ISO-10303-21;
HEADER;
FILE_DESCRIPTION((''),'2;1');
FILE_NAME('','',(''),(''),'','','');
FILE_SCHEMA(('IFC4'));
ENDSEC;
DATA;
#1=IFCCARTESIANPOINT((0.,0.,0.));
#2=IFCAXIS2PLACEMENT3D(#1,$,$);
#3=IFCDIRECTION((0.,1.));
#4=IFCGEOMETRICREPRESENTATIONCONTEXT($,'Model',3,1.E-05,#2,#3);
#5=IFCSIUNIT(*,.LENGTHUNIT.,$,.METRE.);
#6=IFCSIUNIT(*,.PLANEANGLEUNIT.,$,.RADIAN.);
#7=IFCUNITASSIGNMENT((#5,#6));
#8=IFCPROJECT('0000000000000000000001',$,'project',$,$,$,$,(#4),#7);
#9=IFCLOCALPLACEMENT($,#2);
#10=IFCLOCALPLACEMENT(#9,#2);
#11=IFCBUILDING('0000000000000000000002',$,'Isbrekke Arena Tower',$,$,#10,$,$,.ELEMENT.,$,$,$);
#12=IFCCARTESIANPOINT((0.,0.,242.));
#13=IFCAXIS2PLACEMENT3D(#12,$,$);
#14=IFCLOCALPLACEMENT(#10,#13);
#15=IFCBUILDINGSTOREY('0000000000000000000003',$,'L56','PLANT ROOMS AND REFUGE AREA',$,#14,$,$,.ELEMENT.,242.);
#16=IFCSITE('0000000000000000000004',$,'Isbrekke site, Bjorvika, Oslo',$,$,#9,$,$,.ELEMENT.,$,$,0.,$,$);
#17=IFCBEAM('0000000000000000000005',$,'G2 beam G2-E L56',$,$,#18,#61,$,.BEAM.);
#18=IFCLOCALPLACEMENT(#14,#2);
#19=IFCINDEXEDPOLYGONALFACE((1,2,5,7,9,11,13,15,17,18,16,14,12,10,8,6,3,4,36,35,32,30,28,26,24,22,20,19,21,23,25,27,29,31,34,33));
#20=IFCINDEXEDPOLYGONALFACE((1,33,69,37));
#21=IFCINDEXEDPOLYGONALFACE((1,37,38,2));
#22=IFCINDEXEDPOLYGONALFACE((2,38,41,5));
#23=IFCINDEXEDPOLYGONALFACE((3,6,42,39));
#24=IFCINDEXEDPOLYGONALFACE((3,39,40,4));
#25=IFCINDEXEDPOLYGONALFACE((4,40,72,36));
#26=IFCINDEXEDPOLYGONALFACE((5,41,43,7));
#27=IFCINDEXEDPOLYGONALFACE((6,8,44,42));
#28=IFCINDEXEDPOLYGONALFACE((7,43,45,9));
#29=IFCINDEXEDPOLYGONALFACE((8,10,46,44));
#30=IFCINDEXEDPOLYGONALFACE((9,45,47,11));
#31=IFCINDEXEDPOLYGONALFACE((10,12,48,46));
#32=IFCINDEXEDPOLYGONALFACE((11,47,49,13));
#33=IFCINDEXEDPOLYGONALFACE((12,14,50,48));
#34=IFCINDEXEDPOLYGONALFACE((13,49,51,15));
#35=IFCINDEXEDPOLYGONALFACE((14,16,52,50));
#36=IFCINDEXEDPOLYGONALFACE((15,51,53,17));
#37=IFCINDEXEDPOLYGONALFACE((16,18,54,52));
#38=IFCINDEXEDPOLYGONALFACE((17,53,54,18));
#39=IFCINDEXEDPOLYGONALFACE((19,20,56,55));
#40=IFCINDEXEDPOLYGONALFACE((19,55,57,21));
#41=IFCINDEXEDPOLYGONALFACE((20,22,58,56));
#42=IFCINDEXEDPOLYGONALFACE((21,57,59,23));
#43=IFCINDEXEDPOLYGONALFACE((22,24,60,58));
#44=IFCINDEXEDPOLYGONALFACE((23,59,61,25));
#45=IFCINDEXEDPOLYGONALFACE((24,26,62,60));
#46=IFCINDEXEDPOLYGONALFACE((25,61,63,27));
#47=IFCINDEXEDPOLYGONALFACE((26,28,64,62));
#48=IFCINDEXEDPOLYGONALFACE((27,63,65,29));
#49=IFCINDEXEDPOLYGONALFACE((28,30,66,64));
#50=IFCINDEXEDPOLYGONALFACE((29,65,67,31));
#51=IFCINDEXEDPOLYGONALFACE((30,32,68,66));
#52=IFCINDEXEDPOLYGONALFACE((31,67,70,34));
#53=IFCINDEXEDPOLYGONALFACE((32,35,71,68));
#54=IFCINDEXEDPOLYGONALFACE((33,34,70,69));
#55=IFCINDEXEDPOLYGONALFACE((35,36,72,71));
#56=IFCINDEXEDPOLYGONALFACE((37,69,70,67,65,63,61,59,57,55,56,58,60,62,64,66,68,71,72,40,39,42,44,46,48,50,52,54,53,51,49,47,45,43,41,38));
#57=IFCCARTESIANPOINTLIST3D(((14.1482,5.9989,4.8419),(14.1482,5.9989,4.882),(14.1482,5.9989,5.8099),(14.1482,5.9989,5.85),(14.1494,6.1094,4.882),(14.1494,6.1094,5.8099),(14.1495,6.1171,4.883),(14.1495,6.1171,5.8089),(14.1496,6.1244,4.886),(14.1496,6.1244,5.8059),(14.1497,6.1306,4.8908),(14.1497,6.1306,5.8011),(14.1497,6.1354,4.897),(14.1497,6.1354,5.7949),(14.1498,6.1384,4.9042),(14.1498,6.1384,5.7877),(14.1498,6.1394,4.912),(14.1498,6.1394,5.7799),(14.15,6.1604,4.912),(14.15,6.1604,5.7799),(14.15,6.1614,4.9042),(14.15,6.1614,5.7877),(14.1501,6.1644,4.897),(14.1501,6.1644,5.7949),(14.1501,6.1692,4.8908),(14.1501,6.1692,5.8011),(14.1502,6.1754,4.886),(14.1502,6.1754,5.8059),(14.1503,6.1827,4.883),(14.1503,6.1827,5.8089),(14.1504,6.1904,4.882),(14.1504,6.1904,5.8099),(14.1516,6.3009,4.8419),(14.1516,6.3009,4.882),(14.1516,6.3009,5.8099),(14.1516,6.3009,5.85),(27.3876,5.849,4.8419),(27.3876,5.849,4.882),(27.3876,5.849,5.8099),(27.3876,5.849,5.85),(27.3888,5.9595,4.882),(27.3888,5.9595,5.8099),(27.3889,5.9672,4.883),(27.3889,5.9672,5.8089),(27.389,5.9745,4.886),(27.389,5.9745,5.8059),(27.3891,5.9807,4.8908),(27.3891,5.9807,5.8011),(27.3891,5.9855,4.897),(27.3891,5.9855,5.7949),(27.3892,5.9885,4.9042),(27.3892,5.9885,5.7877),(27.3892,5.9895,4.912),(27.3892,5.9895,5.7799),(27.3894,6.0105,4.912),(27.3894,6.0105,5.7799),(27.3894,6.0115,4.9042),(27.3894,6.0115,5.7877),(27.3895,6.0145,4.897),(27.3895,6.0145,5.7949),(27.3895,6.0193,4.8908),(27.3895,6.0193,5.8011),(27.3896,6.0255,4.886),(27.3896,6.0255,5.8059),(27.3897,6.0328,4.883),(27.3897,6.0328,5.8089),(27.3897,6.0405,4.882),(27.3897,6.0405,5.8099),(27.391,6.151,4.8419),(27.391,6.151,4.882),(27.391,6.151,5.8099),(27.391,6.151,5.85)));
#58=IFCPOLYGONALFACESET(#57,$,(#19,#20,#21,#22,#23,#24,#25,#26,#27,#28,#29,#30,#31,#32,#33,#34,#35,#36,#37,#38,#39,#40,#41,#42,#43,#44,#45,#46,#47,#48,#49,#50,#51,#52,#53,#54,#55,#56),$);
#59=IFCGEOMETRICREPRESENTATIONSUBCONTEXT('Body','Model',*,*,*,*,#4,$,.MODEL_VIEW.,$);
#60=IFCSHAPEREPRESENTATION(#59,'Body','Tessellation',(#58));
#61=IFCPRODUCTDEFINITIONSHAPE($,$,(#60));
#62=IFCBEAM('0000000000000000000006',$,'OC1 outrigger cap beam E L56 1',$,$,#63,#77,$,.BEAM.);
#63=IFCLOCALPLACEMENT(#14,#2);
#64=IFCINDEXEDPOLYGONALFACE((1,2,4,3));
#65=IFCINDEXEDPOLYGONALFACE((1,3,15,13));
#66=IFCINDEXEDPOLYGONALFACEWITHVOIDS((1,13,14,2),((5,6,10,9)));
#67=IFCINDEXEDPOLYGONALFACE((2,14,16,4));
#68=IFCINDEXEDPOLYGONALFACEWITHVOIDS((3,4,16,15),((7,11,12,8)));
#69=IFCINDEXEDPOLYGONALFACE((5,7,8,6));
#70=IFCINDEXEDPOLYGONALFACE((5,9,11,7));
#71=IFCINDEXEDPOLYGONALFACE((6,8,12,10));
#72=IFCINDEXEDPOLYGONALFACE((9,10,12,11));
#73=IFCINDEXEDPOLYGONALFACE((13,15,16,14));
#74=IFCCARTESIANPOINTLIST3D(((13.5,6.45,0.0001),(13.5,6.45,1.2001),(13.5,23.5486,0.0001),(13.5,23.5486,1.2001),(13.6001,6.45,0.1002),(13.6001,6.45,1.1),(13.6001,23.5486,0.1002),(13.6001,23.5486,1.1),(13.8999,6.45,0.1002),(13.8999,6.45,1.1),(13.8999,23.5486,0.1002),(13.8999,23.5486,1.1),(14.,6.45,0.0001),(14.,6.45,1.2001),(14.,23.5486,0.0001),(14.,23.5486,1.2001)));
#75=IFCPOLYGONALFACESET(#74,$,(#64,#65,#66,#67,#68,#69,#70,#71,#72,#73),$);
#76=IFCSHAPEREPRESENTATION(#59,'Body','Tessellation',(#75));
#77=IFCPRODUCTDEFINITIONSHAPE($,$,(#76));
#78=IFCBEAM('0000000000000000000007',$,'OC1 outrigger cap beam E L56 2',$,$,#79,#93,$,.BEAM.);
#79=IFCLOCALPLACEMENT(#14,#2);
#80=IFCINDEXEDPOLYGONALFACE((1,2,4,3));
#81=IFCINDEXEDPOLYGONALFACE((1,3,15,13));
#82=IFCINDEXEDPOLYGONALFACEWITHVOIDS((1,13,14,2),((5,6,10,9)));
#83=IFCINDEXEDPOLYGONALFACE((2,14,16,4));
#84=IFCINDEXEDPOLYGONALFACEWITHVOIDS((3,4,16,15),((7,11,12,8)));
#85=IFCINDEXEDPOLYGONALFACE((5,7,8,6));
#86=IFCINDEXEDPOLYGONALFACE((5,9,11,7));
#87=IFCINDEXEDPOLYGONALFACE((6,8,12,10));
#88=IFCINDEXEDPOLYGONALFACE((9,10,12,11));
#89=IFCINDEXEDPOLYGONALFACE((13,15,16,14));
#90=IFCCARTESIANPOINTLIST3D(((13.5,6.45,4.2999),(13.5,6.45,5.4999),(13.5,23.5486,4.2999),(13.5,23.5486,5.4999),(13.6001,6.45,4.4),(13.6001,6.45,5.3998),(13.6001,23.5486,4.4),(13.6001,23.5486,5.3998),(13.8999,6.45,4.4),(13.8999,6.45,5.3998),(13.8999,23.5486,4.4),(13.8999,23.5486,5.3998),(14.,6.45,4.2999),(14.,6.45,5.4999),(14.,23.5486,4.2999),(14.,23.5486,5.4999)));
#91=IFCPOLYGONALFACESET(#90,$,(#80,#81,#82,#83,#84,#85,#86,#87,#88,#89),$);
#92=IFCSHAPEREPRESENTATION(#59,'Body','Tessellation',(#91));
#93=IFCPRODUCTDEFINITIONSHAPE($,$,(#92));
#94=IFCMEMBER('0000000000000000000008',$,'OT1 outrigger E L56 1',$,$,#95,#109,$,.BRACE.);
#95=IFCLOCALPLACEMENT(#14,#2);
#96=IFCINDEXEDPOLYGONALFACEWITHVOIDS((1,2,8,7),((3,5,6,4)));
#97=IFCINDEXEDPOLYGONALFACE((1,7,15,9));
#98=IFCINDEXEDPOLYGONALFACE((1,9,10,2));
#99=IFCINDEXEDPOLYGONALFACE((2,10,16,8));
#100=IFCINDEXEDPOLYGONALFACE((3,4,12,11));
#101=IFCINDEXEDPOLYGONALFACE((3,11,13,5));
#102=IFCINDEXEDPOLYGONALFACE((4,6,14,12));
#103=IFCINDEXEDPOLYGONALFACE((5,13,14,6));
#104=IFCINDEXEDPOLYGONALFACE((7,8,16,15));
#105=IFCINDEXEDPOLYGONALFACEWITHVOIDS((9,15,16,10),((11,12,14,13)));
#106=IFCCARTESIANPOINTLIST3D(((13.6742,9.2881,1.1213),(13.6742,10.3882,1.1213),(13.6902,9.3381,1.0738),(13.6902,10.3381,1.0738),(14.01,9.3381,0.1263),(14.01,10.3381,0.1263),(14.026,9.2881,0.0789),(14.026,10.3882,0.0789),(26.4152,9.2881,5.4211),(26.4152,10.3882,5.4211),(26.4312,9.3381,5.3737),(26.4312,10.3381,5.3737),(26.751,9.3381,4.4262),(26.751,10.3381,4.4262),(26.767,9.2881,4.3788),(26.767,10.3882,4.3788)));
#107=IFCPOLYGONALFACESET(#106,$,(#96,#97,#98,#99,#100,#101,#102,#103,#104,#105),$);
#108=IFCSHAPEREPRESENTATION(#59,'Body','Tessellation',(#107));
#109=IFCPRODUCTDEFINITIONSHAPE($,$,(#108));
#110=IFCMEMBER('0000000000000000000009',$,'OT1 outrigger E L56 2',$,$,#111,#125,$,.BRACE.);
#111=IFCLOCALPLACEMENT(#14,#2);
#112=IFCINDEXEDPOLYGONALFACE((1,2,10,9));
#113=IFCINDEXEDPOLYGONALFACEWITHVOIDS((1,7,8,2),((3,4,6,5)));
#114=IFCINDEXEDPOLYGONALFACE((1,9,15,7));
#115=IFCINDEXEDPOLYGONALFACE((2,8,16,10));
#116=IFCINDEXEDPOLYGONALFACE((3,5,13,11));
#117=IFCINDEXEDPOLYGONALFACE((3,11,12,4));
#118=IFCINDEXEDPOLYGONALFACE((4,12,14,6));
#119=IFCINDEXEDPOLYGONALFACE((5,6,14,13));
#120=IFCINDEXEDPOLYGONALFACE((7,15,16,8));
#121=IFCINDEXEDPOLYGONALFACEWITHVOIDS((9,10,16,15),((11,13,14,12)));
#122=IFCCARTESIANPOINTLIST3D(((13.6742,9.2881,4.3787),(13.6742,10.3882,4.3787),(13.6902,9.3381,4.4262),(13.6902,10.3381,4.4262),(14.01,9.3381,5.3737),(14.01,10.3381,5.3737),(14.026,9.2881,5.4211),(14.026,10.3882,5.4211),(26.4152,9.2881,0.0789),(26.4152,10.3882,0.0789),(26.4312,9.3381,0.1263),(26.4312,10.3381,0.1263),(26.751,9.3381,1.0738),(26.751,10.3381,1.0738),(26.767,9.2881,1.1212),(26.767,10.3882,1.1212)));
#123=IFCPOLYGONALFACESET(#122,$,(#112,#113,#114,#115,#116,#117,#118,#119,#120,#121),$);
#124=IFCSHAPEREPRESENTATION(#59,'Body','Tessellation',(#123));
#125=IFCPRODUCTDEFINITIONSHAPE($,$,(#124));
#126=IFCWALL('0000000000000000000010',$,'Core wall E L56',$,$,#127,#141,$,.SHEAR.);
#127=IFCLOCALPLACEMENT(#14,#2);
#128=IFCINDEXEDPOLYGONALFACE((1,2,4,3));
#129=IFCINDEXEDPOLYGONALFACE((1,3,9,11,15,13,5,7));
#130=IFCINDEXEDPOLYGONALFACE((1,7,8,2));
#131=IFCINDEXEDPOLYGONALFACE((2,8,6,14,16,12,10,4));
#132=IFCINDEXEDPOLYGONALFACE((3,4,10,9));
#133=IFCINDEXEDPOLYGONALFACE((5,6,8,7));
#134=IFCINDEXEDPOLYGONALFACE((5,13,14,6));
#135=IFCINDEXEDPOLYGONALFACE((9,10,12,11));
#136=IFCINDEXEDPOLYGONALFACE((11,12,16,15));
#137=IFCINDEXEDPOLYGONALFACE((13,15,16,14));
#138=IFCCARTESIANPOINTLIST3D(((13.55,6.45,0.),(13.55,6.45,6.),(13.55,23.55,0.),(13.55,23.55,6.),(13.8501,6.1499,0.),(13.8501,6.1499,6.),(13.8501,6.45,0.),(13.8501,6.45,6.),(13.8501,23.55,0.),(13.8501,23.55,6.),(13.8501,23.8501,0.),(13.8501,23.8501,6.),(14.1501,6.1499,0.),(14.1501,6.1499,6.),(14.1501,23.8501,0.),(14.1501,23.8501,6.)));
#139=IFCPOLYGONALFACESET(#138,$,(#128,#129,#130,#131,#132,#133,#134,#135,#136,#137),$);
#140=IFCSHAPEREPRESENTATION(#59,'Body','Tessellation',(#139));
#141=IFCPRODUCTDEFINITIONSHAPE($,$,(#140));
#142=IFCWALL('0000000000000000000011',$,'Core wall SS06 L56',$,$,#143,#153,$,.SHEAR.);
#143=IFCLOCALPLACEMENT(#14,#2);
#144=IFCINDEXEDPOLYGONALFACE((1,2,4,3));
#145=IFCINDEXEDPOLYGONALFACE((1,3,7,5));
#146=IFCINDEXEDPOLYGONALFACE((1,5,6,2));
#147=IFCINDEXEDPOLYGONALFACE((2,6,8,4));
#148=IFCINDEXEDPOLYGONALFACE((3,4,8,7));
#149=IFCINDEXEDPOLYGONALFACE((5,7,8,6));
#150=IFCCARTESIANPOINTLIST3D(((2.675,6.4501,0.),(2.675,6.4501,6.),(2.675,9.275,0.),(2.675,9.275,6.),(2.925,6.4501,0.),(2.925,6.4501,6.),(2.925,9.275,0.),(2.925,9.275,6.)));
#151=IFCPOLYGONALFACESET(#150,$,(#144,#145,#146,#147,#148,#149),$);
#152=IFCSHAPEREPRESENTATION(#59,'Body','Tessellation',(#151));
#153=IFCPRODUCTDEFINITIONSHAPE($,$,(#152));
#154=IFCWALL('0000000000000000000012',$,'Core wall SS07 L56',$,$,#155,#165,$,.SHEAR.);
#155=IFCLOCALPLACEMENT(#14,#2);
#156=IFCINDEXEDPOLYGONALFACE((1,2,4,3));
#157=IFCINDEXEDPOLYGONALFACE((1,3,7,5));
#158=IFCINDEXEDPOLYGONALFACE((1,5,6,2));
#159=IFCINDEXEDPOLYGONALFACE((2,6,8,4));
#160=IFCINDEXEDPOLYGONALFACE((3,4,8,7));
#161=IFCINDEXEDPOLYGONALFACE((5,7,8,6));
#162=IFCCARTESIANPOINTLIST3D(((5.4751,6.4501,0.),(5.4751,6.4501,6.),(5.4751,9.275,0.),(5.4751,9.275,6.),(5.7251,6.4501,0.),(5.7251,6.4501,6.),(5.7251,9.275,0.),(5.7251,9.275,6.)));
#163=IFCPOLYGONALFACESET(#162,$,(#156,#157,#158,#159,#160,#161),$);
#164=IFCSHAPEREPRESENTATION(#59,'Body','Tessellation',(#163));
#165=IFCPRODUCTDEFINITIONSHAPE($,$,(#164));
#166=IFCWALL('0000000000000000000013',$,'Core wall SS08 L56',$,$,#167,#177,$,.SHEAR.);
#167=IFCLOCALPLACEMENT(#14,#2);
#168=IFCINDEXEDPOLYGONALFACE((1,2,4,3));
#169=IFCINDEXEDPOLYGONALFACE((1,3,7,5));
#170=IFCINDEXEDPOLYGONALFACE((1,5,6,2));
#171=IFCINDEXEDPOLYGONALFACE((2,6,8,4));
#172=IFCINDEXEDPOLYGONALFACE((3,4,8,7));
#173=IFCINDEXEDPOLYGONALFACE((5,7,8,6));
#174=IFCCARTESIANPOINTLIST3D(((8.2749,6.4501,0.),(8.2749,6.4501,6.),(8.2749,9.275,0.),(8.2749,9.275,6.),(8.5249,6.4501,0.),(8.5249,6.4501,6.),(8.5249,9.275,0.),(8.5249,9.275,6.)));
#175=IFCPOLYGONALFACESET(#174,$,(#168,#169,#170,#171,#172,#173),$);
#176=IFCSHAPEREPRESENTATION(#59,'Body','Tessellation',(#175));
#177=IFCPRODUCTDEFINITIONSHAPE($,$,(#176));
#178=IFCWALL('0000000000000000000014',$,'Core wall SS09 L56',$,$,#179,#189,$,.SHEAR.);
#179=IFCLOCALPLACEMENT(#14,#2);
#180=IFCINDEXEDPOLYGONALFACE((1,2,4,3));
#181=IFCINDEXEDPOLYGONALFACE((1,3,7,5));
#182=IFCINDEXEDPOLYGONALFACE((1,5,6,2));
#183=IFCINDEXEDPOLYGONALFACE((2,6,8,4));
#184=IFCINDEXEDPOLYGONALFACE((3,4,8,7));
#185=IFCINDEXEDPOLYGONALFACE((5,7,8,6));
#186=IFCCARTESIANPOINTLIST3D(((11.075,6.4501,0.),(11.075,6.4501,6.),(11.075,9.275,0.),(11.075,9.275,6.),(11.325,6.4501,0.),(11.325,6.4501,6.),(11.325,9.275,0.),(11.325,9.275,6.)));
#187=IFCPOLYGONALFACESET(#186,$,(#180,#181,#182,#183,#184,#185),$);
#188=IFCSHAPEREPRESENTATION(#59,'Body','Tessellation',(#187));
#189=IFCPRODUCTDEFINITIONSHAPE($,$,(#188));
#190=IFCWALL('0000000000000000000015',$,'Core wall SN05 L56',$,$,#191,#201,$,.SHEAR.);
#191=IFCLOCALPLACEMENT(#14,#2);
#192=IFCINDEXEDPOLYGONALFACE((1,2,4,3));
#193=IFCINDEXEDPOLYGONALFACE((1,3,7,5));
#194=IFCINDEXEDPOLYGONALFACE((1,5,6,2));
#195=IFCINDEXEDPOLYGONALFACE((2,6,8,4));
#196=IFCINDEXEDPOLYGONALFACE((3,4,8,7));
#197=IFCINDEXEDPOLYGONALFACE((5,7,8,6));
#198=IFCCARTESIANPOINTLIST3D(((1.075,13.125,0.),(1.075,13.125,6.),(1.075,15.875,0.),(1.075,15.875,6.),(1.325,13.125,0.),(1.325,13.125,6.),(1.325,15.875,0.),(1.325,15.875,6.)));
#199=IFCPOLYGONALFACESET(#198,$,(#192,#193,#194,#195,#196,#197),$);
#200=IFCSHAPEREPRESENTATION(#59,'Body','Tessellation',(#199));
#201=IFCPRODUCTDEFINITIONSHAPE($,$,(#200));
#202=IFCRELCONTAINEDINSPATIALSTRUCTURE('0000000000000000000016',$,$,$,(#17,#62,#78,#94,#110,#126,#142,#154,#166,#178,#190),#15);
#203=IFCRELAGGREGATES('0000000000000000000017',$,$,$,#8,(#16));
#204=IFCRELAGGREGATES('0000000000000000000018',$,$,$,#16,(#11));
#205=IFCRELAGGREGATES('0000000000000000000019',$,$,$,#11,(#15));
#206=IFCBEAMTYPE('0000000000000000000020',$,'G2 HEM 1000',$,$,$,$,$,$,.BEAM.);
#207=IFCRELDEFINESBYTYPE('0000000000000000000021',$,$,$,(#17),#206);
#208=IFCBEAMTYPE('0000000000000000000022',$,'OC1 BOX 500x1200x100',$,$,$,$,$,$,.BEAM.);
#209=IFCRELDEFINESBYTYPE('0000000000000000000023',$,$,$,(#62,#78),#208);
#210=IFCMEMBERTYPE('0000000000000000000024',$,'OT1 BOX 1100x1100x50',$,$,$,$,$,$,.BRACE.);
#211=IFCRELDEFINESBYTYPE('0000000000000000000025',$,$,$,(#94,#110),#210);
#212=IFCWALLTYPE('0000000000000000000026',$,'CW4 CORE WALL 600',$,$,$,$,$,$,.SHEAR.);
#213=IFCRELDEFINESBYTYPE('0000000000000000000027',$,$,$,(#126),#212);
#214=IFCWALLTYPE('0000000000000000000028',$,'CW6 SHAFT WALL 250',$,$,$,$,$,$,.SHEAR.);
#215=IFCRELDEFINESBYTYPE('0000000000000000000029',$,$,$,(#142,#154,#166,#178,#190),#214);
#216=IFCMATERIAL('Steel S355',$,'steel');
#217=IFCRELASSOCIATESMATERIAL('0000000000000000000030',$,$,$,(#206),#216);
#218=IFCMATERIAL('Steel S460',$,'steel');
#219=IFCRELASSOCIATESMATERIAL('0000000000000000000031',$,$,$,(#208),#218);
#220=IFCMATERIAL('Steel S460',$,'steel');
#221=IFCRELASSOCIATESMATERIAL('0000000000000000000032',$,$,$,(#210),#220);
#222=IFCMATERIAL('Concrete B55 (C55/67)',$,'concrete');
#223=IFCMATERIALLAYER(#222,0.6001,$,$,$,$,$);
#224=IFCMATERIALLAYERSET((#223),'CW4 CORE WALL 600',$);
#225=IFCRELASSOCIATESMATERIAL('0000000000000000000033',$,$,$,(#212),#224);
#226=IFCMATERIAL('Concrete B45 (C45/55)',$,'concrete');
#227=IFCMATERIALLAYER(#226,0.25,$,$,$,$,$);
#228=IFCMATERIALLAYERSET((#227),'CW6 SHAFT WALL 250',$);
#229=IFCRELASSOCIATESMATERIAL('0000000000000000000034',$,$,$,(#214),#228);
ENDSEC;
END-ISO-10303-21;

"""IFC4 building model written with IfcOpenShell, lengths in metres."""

from ifc_helpers import new_model, si_unit, direction, frame, frame_2d, origin, origin_2d, place, context, subcontext, project, spatial, polyline, rectangle, hollow_rectangle, i_section, outline, extrude, material, layer, layer_set, material_profile, profile_set, type_object, element, save


model = new_model("IFC4")

# Units and contexts
model_context = context("Model", 3, precision=1e-05, world=origin(), true_north=direction((0.0, 1.0)))
body_context = subcontext(model_context, "Body", "Model", "MODEL_VIEW")
ifc_project = project(units=[si_unit("LENGTHUNIT", "METRE"), si_unit("PLANEANGLEUNIT", "RADIAN")], contexts=[model_context])

# Site, building, storey
site_placement = place(None, origin())
site = spatial("IfcSite", under=ifc_project, at=site_placement, Name="Isbrekke site, Bjorvika, Oslo", CompositionType="ELEMENT", RefElevation=0.0)
building_placement = place(site_placement, origin())
building = spatial("IfcBuilding", under=site, at=building_placement, Name="Isbrekke Arena Tower", CompositionType="ELEMENT")
storey_placement = place(building_placement, frame((0.0, 0.0, 242.0)))
storey = spatial("IfcBuildingStorey", under=building, at=storey_placement, Name="L56", Description="PLANT ROOMS AND REFUGE AREA", CompositionType="ELEMENT", Elevation=242.0)

# Beams
ifc_material_1 = material(Name="Steel S355", Category="steel")
ifc_material_profile_1 = material_profile(ifc_material_1, i_section(OverallWidth=0.302, OverallDepth=1.0081, WebThickness=0.021, FlangeThickness=0.04, FilletRadius=0.03, at=origin_2d()), Name="HEM 1000")
ifc_profile_set_1 = profile_set([ifc_material_profile_1], Name="Steel S355")
beam_type_1 = type_object("IfcBeamType", Name="G2 HEM 1000", PredefinedType="BEAM", material=ifc_profile_set_1)
beam_placement = place(storey_placement, frame((14.1499, 6.1499, 5.3459), z_axis=(0.999936, -0.011322, 0.0), x_axis=(0.011322, 0.999936, 0.0)))
element("IfcBeam", 1, at=beam_placement, inside=storey, type_object=beam_type_1, Name="G2 beam G2-E L56", PredefinedType="BEAM", context=body_context, shape_type="SweptSolid", body=[
    extrude(i_section(OverallWidth=0.302, OverallDepth=1.0081, WebThickness=0.021, FlangeThickness=0.04, FilletRadius=0.03, at=origin_2d()), origin(), (0.0, 0.0, 1.0), 13.2402),
])
ifc_material_2 = material(Name="Steel S460", Category="steel")
ifc_material_profile_2 = material_profile(ifc_material_2, hollow_rectangle(XDim=0.5, YDim=1.2, WallThickness=0.1001, at=origin_2d()), Name="BOX 500x1200x100")
ifc_profile_set_2 = profile_set([ifc_material_profile_2], Name="Steel S460")
beam_type_2 = type_object("IfcBeamType", Name="OC1 BOX 500x1200x100", PredefinedType="BEAM", material=ifc_profile_set_2)
for number, where, z_axis, x_axis, name in (
    (2, (13.75, 6.45, 0.6001), (0.0, 1.0, 0.0), (-1.0, 0.0, 0.0), "OC1 outrigger cap beam E L56 1"),
    (3, (13.75, 6.45, 4.8999), (0.0, 1.0, 0.0), (-1.0, 0.0, 0.0), "OC1 outrigger cap beam E L56 2"),
):
    element("IfcBeam", number, at=place(storey_placement, frame(where, z_axis=z_axis, x_axis=x_axis)), inside=storey, type_object=beam_type_2, Name=name, PredefinedType="BEAM", context=body_context, shape_type="SweptSolid", body=[
        extrude(hollow_rectangle(XDim=0.5, YDim=1.2, WallThickness=0.1001, at=origin_2d()), origin(), (0.0, 0.0, 1.0), 17.0986),
    ])

# Members
ifc_material_3 = material(Name="Steel S460", Category="steel")
ifc_material_profile_3 = material_profile(ifc_material_3, hollow_rectangle(XDim=1.1001, YDim=1.1001, WallThickness=0.05, at=origin_2d()), Name="BOX 1100x1100x50")
ifc_profile_set_3 = profile_set([ifc_material_profile_3], Name="Steel S460")
member_type = type_object("IfcMemberType", Name="OT1 BOX 1100x1100x50", PredefinedType="BRACE", material=ifc_profile_set_3)
for number, where, z_axis, x_axis, name in (
    (4, (13.8501, 9.8381, 0.6001), (0.947498, 0.0, 0.319761), (0.0, 1.0, 0.0), "OT1 outrigger E L56 1"),
    (5, (13.8501, 9.8381, 4.8999), (0.947498, 0.0, -0.319761), (0.0, 1.0, 0.0), "OT1 outrigger E L56 2"),
):
    element("IfcMember", number, at=place(storey_placement, frame(where, z_axis=z_axis, x_axis=x_axis)), inside=storey, type_object=member_type, Name=name, PredefinedType="BRACE", context=body_context, shape_type="SweptSolid", body=[
        extrude(hollow_rectangle(XDim=1.1001, YDim=1.1001, WallThickness=0.05, at=origin_2d()), origin(), (0.0, 0.0, 1.0), 13.447),
    ])

# Walls
ifc_material_4 = material(Name="Concrete B55 (C55/67)", Category="concrete")
ifc_layer_1 = layer(ifc_material_4, 0.6001)
ifc_layer_set_1 = layer_set([ifc_layer_1], Name="CW4 CORE WALL 600")
wall_type_1 = type_object("IfcWallType", Name="CW4 CORE WALL 600", PredefinedType="SHEAR", material=ifc_layer_set_1)
wall_1_placement = place(storey_placement, frame((13.8501, 6.1499, 0.0), z_axis=(0.0, 0.0, 1.0), x_axis=(0.0, 1.0, 0.0)))
element("IfcWall", 6, at=wall_1_placement, inside=storey, type_object=wall_type_1, Name="Core wall E L56", PredefinedType="SHEAR", context=body_context, shape_type="SweptSolid", body=[
    extrude(outline(polyline([(0.0, -0.3), (17.7002, -0.3), (17.7002, 0.0), (17.4001, 0.0), (17.4001, 0.3), (0.3, 0.3), (0.3, 0.0), (0.0, 0.0), (0.0, -0.3)])), origin(), (0.0, 0.0, 1.0), 6.0),
])
ifc_material_5 = material(Name="Concrete B45 (C45/55)", Category="concrete")
ifc_layer_2 = layer(ifc_material_5, 0.25)
ifc_layer_set_2 = layer_set([ifc_layer_2], Name="CW6 SHAFT WALL 250")
wall_type_2 = type_object("IfcWallType", Name="CW6 SHAFT WALL 250", PredefinedType="SHEAR", material=ifc_layer_set_2)
for number, where, z_axis, x_axis, name in (
    (7, (2.8, 6.45, 0.0), (0.0, 0.0, 1.0), (0.0, 1.0, 0.0), "Core wall SS06 L56"),
    (8, (5.6001, 6.45, 0.0), (0.0, 0.0, 1.0), (0.0, 1.0, 0.0), "Core wall SS07 L56"),
    (9, (8.3999, 6.45, 0.0), (0.0, 0.0, 1.0), (0.0, 1.0, 0.0), "Core wall SS08 L56"),
    (10, (11.2, 6.45, 0.0), (0.0, 0.0, 1.0), (0.0, 1.0, 0.0), "Core wall SS09 L56"),
):
    element("IfcWall", number, at=place(storey_placement, frame(where, z_axis=z_axis, x_axis=x_axis)), inside=storey, type_object=wall_type_2, Name=name, PredefinedType="SHEAR", context=body_context, shape_type="SweptSolid", body=[
        extrude(rectangle(XDim=2.825, YDim=0.25, at=frame_2d((1.4126, 0.0))), origin(), (0.0, 0.0, 1.0), 6.0),
    ])
for number, where, z_axis, x_axis, name in (
    (11, (1.2, 13.125, 0.0), (0.0, 0.0, 1.0), (0.0, 1.0, 0.0), "Core wall SN05 L56"),
):
    element("IfcWall", number, at=place(storey_placement, frame(where, z_axis=z_axis, x_axis=x_axis)), inside=storey, type_object=wall_type_2, Name=name, PredefinedType="SHEAR", context=body_context, shape_type="SweptSolid", body=[
        extrude(rectangle(XDim=2.75, YDim=0.25, at=frame_2d((1.375, 0.0))), origin(), (0.0, 0.0, 1.0), 6.0),
    ])

save(model, "model.ifc")
